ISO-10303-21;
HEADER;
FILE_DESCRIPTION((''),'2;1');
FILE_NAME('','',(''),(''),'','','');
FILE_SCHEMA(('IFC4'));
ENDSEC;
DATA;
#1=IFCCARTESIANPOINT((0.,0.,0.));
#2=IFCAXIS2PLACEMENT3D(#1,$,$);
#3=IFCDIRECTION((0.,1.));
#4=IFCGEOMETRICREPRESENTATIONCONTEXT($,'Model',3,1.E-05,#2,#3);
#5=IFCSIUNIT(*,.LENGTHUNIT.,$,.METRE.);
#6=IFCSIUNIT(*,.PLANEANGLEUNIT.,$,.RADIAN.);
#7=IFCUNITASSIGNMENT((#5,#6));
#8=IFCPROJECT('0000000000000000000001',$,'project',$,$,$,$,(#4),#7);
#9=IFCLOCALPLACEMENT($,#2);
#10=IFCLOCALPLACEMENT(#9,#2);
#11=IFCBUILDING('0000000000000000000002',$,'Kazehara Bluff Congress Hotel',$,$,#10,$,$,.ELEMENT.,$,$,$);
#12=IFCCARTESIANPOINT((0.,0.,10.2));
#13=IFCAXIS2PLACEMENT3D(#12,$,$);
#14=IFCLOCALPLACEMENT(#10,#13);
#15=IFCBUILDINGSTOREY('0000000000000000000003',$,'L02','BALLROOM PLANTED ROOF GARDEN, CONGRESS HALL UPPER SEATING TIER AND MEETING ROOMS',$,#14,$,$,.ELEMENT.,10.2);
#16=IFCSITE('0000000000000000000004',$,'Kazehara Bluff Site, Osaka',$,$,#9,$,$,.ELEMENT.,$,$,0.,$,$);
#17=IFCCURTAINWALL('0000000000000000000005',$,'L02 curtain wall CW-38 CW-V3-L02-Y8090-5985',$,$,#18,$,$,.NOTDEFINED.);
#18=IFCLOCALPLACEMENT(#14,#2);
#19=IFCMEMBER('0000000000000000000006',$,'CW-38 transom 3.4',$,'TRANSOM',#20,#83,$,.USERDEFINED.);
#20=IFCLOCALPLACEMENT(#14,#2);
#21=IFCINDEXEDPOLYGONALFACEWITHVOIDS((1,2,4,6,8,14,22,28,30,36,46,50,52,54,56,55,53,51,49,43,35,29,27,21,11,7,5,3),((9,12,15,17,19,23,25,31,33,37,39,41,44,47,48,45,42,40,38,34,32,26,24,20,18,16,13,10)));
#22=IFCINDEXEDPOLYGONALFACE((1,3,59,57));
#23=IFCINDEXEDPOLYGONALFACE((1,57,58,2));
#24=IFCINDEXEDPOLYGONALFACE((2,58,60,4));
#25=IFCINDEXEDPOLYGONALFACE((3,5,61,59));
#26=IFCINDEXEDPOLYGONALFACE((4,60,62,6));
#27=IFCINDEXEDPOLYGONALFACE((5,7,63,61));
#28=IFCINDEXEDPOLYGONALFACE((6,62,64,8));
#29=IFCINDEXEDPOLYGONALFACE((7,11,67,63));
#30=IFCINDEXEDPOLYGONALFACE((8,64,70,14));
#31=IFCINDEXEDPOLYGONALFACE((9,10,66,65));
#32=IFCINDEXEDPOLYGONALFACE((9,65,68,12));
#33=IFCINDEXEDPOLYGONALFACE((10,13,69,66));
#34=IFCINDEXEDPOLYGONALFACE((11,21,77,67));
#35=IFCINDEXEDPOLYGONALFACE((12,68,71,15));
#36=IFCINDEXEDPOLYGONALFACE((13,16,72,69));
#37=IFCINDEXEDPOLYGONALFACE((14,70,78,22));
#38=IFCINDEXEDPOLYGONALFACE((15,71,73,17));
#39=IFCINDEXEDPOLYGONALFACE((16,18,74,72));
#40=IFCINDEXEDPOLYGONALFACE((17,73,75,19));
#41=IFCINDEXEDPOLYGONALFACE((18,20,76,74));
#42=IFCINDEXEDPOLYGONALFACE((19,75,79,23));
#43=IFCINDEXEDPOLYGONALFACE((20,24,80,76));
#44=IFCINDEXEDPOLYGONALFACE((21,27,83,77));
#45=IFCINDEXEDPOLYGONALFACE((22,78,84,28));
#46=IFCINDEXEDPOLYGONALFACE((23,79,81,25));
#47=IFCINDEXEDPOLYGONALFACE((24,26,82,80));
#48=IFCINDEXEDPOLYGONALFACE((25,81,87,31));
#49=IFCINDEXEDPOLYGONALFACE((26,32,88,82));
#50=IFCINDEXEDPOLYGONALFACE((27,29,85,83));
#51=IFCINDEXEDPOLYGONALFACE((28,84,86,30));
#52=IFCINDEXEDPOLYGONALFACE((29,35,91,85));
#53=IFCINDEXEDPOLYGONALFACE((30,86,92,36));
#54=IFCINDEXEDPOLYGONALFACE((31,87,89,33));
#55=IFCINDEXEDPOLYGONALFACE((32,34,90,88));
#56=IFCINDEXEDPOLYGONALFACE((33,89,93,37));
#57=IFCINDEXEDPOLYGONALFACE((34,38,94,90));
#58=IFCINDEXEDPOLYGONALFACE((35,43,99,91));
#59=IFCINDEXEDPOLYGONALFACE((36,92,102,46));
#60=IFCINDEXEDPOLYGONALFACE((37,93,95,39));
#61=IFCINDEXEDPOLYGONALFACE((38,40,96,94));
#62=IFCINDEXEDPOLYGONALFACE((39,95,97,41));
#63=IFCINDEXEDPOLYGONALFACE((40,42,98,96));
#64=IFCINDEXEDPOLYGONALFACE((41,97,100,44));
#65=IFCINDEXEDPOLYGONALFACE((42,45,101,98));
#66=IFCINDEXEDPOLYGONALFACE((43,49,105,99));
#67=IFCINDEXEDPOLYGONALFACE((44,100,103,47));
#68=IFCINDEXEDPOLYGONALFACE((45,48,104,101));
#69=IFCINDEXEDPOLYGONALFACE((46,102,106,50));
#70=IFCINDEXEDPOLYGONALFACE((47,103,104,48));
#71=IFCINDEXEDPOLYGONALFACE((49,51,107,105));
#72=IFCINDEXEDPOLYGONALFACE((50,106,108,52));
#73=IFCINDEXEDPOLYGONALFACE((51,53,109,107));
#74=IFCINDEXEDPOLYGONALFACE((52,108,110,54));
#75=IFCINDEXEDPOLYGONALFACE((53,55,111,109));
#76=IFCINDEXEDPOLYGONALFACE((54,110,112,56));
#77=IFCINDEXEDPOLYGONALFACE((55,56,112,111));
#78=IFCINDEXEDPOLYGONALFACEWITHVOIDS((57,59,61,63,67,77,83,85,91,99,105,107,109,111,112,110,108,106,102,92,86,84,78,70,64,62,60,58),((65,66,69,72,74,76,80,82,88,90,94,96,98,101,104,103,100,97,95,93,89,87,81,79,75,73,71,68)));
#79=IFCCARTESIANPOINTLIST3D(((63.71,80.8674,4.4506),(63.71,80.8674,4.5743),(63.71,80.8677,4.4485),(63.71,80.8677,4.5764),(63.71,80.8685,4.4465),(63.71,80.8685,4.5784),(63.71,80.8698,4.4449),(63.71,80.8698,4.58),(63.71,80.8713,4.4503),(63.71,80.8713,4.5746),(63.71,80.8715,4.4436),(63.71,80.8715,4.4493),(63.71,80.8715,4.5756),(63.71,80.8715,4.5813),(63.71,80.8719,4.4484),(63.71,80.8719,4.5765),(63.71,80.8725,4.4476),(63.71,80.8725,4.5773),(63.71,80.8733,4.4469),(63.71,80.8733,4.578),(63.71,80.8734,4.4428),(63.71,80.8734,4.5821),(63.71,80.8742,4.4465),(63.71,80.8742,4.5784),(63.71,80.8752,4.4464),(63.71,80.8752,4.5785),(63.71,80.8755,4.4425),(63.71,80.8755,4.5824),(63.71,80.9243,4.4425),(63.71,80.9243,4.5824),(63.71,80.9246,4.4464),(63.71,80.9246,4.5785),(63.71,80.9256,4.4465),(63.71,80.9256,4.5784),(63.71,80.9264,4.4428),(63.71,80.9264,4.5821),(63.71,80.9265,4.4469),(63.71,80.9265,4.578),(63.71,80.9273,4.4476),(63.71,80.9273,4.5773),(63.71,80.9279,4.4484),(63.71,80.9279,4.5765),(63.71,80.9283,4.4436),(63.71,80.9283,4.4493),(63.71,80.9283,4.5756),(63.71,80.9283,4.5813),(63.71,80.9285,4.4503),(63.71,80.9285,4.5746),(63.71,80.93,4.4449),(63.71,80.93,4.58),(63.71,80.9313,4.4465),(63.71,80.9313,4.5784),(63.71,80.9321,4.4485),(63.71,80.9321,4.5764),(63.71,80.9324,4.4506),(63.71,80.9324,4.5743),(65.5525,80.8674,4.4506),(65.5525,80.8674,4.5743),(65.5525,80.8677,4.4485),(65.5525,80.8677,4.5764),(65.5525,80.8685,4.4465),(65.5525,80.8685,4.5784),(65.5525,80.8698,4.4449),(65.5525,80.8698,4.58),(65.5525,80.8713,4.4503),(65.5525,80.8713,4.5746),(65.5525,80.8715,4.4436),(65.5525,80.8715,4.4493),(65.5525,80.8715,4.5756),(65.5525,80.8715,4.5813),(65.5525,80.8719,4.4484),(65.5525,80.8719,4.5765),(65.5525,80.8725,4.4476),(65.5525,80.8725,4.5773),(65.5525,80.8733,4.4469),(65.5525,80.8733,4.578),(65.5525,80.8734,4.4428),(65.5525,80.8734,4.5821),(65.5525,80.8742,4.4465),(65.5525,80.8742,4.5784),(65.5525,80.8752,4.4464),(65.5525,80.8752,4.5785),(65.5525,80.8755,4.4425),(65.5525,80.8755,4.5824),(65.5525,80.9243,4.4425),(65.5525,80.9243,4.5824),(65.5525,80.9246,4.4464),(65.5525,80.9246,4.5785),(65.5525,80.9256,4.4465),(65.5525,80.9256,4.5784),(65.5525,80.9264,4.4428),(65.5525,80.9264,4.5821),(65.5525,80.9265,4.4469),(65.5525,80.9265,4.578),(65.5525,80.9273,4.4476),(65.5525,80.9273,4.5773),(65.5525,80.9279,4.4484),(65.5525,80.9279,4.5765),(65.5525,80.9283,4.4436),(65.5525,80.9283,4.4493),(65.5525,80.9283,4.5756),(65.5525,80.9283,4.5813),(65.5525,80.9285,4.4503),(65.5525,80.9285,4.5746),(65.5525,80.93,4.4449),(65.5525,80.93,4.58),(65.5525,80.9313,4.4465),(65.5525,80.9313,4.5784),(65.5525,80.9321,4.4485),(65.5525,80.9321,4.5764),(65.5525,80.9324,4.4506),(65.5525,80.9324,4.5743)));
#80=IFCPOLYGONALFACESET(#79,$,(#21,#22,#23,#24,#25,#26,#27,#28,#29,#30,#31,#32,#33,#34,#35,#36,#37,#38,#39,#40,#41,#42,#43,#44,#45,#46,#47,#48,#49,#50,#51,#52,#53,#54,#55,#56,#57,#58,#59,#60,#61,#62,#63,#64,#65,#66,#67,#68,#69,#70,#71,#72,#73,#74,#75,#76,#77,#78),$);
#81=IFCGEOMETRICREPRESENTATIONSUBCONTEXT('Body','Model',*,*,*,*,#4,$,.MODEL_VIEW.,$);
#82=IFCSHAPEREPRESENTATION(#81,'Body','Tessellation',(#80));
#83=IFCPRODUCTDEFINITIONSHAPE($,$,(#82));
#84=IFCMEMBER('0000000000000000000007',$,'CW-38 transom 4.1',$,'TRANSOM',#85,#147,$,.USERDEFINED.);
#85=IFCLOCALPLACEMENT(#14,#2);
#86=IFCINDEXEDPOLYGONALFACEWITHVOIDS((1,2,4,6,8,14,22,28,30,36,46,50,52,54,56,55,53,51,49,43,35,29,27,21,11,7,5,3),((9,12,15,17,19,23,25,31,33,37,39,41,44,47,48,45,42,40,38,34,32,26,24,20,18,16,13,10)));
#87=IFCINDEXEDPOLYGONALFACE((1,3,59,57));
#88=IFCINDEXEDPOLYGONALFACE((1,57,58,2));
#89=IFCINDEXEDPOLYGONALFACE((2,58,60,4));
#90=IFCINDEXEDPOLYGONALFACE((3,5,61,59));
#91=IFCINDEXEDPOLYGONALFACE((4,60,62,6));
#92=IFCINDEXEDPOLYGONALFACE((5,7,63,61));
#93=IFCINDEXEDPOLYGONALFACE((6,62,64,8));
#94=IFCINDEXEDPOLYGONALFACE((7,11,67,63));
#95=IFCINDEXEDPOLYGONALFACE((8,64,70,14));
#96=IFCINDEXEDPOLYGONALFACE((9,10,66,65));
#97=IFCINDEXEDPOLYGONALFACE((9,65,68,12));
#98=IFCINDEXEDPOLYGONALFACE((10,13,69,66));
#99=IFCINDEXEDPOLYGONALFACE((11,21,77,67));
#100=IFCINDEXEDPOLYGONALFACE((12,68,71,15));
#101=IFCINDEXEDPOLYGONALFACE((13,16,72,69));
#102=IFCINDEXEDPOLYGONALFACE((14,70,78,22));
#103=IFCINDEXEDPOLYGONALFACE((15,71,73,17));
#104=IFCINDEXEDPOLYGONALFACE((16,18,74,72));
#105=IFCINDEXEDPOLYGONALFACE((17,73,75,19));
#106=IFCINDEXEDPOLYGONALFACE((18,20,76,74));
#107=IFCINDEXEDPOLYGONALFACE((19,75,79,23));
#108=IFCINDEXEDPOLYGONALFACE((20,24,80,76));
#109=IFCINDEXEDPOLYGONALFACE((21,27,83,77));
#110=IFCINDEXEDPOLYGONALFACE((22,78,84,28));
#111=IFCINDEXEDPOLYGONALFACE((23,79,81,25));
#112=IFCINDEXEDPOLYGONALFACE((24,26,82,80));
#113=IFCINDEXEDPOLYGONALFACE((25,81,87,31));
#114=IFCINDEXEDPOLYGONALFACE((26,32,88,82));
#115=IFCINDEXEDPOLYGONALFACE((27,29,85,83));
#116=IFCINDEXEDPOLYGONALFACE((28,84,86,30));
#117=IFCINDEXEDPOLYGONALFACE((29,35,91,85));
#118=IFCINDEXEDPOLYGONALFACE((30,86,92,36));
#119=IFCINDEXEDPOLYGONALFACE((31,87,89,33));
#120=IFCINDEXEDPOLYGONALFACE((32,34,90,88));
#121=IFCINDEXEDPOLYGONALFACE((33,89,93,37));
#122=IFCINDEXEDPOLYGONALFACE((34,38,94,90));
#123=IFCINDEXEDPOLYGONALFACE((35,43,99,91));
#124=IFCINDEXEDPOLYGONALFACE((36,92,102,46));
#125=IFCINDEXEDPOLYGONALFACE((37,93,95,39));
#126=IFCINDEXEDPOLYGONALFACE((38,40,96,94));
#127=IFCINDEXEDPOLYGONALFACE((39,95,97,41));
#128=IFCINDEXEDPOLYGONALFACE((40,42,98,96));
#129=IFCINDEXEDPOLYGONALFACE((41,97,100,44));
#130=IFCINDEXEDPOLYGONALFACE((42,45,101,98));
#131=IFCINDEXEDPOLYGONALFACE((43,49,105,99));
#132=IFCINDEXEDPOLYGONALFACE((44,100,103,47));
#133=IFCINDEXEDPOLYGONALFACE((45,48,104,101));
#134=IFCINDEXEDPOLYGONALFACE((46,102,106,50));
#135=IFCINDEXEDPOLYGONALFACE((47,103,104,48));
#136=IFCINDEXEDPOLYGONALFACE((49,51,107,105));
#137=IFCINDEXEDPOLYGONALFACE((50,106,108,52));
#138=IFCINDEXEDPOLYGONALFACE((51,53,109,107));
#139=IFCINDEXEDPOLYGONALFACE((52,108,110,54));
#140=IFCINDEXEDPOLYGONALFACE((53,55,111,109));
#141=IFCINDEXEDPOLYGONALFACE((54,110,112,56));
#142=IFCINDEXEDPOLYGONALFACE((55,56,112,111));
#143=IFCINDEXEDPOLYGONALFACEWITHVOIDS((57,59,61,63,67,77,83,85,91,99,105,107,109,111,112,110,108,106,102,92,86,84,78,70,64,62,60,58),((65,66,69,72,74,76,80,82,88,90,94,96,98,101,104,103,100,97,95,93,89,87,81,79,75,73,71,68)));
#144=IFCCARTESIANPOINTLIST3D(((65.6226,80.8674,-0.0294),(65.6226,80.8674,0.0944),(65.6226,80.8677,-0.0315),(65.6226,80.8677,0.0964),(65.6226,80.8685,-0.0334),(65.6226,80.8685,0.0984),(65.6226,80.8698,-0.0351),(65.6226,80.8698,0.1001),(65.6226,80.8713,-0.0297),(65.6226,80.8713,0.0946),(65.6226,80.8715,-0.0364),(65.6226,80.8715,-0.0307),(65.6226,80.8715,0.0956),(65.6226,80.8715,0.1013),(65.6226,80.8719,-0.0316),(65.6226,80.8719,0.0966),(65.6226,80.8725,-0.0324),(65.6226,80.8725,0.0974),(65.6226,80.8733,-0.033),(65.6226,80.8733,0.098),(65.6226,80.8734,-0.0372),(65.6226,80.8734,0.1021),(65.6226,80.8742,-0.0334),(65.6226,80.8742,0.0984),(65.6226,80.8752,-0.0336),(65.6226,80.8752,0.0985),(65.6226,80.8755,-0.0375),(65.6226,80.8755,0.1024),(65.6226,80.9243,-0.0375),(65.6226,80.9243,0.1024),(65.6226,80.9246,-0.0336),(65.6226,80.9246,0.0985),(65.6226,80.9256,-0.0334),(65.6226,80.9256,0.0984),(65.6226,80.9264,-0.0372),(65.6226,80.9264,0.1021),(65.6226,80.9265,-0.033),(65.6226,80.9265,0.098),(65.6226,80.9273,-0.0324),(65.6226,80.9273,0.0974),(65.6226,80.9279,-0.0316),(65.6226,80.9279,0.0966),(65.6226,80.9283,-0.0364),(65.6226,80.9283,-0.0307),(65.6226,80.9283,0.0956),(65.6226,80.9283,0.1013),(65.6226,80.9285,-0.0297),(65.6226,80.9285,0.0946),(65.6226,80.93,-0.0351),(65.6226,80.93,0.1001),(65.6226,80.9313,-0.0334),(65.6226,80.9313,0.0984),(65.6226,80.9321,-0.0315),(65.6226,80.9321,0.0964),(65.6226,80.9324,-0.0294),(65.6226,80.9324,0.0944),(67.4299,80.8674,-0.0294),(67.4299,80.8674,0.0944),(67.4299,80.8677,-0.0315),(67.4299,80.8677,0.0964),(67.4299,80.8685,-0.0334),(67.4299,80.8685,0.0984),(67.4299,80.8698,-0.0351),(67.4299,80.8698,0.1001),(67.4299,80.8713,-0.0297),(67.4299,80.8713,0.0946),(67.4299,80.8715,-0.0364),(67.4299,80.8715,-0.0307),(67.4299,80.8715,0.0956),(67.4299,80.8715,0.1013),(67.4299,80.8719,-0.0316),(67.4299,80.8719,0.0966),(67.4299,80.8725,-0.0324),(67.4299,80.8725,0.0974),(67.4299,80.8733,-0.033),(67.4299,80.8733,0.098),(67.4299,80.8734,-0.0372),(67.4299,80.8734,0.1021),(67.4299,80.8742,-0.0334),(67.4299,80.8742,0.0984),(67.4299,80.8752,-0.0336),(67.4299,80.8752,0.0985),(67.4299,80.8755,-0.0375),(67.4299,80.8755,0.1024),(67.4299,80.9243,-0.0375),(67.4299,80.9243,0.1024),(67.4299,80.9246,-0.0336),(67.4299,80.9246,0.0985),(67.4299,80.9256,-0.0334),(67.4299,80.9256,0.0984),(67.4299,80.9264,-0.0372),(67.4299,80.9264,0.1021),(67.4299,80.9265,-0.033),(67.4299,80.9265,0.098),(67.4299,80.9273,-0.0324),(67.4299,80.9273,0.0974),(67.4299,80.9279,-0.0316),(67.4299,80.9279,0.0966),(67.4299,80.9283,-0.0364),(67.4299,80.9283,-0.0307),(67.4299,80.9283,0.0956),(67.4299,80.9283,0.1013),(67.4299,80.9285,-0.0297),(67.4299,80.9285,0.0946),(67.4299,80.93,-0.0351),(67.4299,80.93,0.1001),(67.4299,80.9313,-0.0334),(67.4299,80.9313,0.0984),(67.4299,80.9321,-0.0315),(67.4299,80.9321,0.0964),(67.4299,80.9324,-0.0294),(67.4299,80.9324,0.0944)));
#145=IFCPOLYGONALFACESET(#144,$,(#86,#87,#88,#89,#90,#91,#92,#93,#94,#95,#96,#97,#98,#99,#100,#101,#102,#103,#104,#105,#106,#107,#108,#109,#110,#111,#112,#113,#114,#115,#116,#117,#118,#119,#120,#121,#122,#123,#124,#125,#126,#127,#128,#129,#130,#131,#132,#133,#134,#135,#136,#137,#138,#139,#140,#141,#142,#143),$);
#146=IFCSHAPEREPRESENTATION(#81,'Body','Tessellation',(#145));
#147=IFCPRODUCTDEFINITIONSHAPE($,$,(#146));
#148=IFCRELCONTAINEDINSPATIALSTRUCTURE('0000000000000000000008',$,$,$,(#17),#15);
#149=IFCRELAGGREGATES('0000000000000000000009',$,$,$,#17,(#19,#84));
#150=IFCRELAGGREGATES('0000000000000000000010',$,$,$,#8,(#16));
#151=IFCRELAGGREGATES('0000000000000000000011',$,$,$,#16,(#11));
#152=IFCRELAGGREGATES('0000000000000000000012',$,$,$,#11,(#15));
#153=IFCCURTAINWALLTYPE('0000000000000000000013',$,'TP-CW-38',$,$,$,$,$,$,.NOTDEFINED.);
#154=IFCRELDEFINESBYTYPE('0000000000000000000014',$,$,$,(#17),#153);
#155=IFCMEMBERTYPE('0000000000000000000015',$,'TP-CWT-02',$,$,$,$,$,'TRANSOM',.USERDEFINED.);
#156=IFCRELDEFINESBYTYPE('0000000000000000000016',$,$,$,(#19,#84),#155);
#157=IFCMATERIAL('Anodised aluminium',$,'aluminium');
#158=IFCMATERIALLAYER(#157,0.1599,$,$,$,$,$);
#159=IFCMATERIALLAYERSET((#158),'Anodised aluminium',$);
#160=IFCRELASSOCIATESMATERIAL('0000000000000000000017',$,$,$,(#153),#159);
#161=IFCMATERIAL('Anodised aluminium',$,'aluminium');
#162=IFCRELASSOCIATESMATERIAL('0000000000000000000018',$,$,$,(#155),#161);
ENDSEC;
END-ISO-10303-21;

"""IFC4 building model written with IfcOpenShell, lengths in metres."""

from ifc_helpers import new_model, si_unit, direction, frame, origin, origin_2d, place, context, subcontext, project, spatial, hollow_rectangle, extrude, material, layer, layer_set, material_profile, profile_set, type_object, element, aggregate, save


model = new_model("IFC4")

# Units and contexts
model_context = context("Model", 3, precision=1e-05, world=origin(), true_north=direction((0.0, 1.0)))
body_context = subcontext(model_context, "Body", "Model", "MODEL_VIEW")
ifc_project = project(units=[si_unit("LENGTHUNIT", "METRE"), si_unit("PLANEANGLEUNIT", "RADIAN")], contexts=[model_context])

# Site, building, storey
site_placement = place(None, origin())
site = spatial("IfcSite", under=ifc_project, at=site_placement, Name="Kazehara Bluff Site, Osaka", CompositionType="ELEMENT", RefElevation=0.0)
building_placement = place(site_placement, origin())
building = spatial("IfcBuilding", under=site, at=building_placement, Name="Kazehara Bluff Congress Hotel", CompositionType="ELEMENT")
storey_placement = place(building_placement, frame((0.0, 0.0, 10.2)))
storey = spatial("IfcBuildingStorey", under=building, at=storey_placement, Name="L02", Description="BALLROOM PLANTED ROOF GARDEN, CONGRESS HALL UPPER SEATING TIER AND MEETING ROOMS", CompositionType="ELEMENT", Elevation=10.2)

# Curtain wall
ifc_material_1 = material(Name="Anodised aluminium", Category="aluminium")
ifc_layer_1 = layer(ifc_material_1, 0.1599)
ifc_layer_set_1 = layer_set([ifc_layer_1], Name="Anodised aluminium")
curtain_wall_type_1 = type_object("IfcCurtainWallType", Name="TP-CW-38", PredefinedType="NOTDEFINED", material=ifc_layer_set_1)
curtain_wall_1_placement = place(storey_placement, origin())
curtain_wall_1 = element("IfcCurtainWall", 1, at=curtain_wall_1_placement, inside=storey, type_object=curtain_wall_type_1, Name="L02 curtain wall CW-38 CW-V3-L02-Y8090-5985", PredefinedType="NOTDEFINED")

# Members
ifc_material_2 = material(Name="Anodised aluminium", Category="aluminium")
ifc_material_profile_1 = material_profile(ifc_material_2, hollow_rectangle(XDim=0.0649, YDim=0.1399, WallThickness=0.0039, InnerFilletRadius=0.0039, OuterFilletRadius=0.0081, at=origin_2d()))
ifc_profile_set_1 = profile_set([ifc_material_profile_1], Name="Anodised aluminium")
member_type_1 = type_object("IfcMemberType", Name="TP-CWT-02", ElementType="TRANSOM", PredefinedType="USERDEFINED", material=ifc_profile_set_1)
member_1_placement = place(storey_placement, frame((63.71, 80.8999, 4.5125), z_axis=(1.0, 0.0, 0.0), x_axis=(0.0, 1.0, 0.0)))
member_1 = element("IfcMember", 2, at=member_1_placement, type_object=member_type_1, Name="CW-38 transom 3.4", ObjectType="TRANSOM", PredefinedType="USERDEFINED", context=body_context, shape_type="SweptSolid", body=[
    extrude(hollow_rectangle(XDim=0.0649, YDim=0.1399, WallThickness=0.0039, InnerFilletRadius=0.0039, OuterFilletRadius=0.0081, at=origin_2d()), origin(), (0.0, 0.0, 1.0), 1.8425),
])
member_2_placement = place(storey_placement, frame((65.6226, 80.8999, 0.0325), z_axis=(1.0, 0.0, 0.0), x_axis=(0.0, 1.0, 0.0)))
member_2 = element("IfcMember", 3, at=member_2_placement, type_object=member_type_1, Name="CW-38 transom 4.1", ObjectType="TRANSOM", PredefinedType="USERDEFINED", context=body_context, shape_type="SweptSolid", body=[
    extrude(hollow_rectangle(XDim=0.0649, YDim=0.1399, WallThickness=0.0039, InnerFilletRadius=0.0039, OuterFilletRadius=0.0081, at=origin_2d()), origin(), (0.0, 0.0, 1.0), 1.8074),
])

aggregate(curtain_wall_1, [member_1, member_2])

save(model, "model.ifc")
